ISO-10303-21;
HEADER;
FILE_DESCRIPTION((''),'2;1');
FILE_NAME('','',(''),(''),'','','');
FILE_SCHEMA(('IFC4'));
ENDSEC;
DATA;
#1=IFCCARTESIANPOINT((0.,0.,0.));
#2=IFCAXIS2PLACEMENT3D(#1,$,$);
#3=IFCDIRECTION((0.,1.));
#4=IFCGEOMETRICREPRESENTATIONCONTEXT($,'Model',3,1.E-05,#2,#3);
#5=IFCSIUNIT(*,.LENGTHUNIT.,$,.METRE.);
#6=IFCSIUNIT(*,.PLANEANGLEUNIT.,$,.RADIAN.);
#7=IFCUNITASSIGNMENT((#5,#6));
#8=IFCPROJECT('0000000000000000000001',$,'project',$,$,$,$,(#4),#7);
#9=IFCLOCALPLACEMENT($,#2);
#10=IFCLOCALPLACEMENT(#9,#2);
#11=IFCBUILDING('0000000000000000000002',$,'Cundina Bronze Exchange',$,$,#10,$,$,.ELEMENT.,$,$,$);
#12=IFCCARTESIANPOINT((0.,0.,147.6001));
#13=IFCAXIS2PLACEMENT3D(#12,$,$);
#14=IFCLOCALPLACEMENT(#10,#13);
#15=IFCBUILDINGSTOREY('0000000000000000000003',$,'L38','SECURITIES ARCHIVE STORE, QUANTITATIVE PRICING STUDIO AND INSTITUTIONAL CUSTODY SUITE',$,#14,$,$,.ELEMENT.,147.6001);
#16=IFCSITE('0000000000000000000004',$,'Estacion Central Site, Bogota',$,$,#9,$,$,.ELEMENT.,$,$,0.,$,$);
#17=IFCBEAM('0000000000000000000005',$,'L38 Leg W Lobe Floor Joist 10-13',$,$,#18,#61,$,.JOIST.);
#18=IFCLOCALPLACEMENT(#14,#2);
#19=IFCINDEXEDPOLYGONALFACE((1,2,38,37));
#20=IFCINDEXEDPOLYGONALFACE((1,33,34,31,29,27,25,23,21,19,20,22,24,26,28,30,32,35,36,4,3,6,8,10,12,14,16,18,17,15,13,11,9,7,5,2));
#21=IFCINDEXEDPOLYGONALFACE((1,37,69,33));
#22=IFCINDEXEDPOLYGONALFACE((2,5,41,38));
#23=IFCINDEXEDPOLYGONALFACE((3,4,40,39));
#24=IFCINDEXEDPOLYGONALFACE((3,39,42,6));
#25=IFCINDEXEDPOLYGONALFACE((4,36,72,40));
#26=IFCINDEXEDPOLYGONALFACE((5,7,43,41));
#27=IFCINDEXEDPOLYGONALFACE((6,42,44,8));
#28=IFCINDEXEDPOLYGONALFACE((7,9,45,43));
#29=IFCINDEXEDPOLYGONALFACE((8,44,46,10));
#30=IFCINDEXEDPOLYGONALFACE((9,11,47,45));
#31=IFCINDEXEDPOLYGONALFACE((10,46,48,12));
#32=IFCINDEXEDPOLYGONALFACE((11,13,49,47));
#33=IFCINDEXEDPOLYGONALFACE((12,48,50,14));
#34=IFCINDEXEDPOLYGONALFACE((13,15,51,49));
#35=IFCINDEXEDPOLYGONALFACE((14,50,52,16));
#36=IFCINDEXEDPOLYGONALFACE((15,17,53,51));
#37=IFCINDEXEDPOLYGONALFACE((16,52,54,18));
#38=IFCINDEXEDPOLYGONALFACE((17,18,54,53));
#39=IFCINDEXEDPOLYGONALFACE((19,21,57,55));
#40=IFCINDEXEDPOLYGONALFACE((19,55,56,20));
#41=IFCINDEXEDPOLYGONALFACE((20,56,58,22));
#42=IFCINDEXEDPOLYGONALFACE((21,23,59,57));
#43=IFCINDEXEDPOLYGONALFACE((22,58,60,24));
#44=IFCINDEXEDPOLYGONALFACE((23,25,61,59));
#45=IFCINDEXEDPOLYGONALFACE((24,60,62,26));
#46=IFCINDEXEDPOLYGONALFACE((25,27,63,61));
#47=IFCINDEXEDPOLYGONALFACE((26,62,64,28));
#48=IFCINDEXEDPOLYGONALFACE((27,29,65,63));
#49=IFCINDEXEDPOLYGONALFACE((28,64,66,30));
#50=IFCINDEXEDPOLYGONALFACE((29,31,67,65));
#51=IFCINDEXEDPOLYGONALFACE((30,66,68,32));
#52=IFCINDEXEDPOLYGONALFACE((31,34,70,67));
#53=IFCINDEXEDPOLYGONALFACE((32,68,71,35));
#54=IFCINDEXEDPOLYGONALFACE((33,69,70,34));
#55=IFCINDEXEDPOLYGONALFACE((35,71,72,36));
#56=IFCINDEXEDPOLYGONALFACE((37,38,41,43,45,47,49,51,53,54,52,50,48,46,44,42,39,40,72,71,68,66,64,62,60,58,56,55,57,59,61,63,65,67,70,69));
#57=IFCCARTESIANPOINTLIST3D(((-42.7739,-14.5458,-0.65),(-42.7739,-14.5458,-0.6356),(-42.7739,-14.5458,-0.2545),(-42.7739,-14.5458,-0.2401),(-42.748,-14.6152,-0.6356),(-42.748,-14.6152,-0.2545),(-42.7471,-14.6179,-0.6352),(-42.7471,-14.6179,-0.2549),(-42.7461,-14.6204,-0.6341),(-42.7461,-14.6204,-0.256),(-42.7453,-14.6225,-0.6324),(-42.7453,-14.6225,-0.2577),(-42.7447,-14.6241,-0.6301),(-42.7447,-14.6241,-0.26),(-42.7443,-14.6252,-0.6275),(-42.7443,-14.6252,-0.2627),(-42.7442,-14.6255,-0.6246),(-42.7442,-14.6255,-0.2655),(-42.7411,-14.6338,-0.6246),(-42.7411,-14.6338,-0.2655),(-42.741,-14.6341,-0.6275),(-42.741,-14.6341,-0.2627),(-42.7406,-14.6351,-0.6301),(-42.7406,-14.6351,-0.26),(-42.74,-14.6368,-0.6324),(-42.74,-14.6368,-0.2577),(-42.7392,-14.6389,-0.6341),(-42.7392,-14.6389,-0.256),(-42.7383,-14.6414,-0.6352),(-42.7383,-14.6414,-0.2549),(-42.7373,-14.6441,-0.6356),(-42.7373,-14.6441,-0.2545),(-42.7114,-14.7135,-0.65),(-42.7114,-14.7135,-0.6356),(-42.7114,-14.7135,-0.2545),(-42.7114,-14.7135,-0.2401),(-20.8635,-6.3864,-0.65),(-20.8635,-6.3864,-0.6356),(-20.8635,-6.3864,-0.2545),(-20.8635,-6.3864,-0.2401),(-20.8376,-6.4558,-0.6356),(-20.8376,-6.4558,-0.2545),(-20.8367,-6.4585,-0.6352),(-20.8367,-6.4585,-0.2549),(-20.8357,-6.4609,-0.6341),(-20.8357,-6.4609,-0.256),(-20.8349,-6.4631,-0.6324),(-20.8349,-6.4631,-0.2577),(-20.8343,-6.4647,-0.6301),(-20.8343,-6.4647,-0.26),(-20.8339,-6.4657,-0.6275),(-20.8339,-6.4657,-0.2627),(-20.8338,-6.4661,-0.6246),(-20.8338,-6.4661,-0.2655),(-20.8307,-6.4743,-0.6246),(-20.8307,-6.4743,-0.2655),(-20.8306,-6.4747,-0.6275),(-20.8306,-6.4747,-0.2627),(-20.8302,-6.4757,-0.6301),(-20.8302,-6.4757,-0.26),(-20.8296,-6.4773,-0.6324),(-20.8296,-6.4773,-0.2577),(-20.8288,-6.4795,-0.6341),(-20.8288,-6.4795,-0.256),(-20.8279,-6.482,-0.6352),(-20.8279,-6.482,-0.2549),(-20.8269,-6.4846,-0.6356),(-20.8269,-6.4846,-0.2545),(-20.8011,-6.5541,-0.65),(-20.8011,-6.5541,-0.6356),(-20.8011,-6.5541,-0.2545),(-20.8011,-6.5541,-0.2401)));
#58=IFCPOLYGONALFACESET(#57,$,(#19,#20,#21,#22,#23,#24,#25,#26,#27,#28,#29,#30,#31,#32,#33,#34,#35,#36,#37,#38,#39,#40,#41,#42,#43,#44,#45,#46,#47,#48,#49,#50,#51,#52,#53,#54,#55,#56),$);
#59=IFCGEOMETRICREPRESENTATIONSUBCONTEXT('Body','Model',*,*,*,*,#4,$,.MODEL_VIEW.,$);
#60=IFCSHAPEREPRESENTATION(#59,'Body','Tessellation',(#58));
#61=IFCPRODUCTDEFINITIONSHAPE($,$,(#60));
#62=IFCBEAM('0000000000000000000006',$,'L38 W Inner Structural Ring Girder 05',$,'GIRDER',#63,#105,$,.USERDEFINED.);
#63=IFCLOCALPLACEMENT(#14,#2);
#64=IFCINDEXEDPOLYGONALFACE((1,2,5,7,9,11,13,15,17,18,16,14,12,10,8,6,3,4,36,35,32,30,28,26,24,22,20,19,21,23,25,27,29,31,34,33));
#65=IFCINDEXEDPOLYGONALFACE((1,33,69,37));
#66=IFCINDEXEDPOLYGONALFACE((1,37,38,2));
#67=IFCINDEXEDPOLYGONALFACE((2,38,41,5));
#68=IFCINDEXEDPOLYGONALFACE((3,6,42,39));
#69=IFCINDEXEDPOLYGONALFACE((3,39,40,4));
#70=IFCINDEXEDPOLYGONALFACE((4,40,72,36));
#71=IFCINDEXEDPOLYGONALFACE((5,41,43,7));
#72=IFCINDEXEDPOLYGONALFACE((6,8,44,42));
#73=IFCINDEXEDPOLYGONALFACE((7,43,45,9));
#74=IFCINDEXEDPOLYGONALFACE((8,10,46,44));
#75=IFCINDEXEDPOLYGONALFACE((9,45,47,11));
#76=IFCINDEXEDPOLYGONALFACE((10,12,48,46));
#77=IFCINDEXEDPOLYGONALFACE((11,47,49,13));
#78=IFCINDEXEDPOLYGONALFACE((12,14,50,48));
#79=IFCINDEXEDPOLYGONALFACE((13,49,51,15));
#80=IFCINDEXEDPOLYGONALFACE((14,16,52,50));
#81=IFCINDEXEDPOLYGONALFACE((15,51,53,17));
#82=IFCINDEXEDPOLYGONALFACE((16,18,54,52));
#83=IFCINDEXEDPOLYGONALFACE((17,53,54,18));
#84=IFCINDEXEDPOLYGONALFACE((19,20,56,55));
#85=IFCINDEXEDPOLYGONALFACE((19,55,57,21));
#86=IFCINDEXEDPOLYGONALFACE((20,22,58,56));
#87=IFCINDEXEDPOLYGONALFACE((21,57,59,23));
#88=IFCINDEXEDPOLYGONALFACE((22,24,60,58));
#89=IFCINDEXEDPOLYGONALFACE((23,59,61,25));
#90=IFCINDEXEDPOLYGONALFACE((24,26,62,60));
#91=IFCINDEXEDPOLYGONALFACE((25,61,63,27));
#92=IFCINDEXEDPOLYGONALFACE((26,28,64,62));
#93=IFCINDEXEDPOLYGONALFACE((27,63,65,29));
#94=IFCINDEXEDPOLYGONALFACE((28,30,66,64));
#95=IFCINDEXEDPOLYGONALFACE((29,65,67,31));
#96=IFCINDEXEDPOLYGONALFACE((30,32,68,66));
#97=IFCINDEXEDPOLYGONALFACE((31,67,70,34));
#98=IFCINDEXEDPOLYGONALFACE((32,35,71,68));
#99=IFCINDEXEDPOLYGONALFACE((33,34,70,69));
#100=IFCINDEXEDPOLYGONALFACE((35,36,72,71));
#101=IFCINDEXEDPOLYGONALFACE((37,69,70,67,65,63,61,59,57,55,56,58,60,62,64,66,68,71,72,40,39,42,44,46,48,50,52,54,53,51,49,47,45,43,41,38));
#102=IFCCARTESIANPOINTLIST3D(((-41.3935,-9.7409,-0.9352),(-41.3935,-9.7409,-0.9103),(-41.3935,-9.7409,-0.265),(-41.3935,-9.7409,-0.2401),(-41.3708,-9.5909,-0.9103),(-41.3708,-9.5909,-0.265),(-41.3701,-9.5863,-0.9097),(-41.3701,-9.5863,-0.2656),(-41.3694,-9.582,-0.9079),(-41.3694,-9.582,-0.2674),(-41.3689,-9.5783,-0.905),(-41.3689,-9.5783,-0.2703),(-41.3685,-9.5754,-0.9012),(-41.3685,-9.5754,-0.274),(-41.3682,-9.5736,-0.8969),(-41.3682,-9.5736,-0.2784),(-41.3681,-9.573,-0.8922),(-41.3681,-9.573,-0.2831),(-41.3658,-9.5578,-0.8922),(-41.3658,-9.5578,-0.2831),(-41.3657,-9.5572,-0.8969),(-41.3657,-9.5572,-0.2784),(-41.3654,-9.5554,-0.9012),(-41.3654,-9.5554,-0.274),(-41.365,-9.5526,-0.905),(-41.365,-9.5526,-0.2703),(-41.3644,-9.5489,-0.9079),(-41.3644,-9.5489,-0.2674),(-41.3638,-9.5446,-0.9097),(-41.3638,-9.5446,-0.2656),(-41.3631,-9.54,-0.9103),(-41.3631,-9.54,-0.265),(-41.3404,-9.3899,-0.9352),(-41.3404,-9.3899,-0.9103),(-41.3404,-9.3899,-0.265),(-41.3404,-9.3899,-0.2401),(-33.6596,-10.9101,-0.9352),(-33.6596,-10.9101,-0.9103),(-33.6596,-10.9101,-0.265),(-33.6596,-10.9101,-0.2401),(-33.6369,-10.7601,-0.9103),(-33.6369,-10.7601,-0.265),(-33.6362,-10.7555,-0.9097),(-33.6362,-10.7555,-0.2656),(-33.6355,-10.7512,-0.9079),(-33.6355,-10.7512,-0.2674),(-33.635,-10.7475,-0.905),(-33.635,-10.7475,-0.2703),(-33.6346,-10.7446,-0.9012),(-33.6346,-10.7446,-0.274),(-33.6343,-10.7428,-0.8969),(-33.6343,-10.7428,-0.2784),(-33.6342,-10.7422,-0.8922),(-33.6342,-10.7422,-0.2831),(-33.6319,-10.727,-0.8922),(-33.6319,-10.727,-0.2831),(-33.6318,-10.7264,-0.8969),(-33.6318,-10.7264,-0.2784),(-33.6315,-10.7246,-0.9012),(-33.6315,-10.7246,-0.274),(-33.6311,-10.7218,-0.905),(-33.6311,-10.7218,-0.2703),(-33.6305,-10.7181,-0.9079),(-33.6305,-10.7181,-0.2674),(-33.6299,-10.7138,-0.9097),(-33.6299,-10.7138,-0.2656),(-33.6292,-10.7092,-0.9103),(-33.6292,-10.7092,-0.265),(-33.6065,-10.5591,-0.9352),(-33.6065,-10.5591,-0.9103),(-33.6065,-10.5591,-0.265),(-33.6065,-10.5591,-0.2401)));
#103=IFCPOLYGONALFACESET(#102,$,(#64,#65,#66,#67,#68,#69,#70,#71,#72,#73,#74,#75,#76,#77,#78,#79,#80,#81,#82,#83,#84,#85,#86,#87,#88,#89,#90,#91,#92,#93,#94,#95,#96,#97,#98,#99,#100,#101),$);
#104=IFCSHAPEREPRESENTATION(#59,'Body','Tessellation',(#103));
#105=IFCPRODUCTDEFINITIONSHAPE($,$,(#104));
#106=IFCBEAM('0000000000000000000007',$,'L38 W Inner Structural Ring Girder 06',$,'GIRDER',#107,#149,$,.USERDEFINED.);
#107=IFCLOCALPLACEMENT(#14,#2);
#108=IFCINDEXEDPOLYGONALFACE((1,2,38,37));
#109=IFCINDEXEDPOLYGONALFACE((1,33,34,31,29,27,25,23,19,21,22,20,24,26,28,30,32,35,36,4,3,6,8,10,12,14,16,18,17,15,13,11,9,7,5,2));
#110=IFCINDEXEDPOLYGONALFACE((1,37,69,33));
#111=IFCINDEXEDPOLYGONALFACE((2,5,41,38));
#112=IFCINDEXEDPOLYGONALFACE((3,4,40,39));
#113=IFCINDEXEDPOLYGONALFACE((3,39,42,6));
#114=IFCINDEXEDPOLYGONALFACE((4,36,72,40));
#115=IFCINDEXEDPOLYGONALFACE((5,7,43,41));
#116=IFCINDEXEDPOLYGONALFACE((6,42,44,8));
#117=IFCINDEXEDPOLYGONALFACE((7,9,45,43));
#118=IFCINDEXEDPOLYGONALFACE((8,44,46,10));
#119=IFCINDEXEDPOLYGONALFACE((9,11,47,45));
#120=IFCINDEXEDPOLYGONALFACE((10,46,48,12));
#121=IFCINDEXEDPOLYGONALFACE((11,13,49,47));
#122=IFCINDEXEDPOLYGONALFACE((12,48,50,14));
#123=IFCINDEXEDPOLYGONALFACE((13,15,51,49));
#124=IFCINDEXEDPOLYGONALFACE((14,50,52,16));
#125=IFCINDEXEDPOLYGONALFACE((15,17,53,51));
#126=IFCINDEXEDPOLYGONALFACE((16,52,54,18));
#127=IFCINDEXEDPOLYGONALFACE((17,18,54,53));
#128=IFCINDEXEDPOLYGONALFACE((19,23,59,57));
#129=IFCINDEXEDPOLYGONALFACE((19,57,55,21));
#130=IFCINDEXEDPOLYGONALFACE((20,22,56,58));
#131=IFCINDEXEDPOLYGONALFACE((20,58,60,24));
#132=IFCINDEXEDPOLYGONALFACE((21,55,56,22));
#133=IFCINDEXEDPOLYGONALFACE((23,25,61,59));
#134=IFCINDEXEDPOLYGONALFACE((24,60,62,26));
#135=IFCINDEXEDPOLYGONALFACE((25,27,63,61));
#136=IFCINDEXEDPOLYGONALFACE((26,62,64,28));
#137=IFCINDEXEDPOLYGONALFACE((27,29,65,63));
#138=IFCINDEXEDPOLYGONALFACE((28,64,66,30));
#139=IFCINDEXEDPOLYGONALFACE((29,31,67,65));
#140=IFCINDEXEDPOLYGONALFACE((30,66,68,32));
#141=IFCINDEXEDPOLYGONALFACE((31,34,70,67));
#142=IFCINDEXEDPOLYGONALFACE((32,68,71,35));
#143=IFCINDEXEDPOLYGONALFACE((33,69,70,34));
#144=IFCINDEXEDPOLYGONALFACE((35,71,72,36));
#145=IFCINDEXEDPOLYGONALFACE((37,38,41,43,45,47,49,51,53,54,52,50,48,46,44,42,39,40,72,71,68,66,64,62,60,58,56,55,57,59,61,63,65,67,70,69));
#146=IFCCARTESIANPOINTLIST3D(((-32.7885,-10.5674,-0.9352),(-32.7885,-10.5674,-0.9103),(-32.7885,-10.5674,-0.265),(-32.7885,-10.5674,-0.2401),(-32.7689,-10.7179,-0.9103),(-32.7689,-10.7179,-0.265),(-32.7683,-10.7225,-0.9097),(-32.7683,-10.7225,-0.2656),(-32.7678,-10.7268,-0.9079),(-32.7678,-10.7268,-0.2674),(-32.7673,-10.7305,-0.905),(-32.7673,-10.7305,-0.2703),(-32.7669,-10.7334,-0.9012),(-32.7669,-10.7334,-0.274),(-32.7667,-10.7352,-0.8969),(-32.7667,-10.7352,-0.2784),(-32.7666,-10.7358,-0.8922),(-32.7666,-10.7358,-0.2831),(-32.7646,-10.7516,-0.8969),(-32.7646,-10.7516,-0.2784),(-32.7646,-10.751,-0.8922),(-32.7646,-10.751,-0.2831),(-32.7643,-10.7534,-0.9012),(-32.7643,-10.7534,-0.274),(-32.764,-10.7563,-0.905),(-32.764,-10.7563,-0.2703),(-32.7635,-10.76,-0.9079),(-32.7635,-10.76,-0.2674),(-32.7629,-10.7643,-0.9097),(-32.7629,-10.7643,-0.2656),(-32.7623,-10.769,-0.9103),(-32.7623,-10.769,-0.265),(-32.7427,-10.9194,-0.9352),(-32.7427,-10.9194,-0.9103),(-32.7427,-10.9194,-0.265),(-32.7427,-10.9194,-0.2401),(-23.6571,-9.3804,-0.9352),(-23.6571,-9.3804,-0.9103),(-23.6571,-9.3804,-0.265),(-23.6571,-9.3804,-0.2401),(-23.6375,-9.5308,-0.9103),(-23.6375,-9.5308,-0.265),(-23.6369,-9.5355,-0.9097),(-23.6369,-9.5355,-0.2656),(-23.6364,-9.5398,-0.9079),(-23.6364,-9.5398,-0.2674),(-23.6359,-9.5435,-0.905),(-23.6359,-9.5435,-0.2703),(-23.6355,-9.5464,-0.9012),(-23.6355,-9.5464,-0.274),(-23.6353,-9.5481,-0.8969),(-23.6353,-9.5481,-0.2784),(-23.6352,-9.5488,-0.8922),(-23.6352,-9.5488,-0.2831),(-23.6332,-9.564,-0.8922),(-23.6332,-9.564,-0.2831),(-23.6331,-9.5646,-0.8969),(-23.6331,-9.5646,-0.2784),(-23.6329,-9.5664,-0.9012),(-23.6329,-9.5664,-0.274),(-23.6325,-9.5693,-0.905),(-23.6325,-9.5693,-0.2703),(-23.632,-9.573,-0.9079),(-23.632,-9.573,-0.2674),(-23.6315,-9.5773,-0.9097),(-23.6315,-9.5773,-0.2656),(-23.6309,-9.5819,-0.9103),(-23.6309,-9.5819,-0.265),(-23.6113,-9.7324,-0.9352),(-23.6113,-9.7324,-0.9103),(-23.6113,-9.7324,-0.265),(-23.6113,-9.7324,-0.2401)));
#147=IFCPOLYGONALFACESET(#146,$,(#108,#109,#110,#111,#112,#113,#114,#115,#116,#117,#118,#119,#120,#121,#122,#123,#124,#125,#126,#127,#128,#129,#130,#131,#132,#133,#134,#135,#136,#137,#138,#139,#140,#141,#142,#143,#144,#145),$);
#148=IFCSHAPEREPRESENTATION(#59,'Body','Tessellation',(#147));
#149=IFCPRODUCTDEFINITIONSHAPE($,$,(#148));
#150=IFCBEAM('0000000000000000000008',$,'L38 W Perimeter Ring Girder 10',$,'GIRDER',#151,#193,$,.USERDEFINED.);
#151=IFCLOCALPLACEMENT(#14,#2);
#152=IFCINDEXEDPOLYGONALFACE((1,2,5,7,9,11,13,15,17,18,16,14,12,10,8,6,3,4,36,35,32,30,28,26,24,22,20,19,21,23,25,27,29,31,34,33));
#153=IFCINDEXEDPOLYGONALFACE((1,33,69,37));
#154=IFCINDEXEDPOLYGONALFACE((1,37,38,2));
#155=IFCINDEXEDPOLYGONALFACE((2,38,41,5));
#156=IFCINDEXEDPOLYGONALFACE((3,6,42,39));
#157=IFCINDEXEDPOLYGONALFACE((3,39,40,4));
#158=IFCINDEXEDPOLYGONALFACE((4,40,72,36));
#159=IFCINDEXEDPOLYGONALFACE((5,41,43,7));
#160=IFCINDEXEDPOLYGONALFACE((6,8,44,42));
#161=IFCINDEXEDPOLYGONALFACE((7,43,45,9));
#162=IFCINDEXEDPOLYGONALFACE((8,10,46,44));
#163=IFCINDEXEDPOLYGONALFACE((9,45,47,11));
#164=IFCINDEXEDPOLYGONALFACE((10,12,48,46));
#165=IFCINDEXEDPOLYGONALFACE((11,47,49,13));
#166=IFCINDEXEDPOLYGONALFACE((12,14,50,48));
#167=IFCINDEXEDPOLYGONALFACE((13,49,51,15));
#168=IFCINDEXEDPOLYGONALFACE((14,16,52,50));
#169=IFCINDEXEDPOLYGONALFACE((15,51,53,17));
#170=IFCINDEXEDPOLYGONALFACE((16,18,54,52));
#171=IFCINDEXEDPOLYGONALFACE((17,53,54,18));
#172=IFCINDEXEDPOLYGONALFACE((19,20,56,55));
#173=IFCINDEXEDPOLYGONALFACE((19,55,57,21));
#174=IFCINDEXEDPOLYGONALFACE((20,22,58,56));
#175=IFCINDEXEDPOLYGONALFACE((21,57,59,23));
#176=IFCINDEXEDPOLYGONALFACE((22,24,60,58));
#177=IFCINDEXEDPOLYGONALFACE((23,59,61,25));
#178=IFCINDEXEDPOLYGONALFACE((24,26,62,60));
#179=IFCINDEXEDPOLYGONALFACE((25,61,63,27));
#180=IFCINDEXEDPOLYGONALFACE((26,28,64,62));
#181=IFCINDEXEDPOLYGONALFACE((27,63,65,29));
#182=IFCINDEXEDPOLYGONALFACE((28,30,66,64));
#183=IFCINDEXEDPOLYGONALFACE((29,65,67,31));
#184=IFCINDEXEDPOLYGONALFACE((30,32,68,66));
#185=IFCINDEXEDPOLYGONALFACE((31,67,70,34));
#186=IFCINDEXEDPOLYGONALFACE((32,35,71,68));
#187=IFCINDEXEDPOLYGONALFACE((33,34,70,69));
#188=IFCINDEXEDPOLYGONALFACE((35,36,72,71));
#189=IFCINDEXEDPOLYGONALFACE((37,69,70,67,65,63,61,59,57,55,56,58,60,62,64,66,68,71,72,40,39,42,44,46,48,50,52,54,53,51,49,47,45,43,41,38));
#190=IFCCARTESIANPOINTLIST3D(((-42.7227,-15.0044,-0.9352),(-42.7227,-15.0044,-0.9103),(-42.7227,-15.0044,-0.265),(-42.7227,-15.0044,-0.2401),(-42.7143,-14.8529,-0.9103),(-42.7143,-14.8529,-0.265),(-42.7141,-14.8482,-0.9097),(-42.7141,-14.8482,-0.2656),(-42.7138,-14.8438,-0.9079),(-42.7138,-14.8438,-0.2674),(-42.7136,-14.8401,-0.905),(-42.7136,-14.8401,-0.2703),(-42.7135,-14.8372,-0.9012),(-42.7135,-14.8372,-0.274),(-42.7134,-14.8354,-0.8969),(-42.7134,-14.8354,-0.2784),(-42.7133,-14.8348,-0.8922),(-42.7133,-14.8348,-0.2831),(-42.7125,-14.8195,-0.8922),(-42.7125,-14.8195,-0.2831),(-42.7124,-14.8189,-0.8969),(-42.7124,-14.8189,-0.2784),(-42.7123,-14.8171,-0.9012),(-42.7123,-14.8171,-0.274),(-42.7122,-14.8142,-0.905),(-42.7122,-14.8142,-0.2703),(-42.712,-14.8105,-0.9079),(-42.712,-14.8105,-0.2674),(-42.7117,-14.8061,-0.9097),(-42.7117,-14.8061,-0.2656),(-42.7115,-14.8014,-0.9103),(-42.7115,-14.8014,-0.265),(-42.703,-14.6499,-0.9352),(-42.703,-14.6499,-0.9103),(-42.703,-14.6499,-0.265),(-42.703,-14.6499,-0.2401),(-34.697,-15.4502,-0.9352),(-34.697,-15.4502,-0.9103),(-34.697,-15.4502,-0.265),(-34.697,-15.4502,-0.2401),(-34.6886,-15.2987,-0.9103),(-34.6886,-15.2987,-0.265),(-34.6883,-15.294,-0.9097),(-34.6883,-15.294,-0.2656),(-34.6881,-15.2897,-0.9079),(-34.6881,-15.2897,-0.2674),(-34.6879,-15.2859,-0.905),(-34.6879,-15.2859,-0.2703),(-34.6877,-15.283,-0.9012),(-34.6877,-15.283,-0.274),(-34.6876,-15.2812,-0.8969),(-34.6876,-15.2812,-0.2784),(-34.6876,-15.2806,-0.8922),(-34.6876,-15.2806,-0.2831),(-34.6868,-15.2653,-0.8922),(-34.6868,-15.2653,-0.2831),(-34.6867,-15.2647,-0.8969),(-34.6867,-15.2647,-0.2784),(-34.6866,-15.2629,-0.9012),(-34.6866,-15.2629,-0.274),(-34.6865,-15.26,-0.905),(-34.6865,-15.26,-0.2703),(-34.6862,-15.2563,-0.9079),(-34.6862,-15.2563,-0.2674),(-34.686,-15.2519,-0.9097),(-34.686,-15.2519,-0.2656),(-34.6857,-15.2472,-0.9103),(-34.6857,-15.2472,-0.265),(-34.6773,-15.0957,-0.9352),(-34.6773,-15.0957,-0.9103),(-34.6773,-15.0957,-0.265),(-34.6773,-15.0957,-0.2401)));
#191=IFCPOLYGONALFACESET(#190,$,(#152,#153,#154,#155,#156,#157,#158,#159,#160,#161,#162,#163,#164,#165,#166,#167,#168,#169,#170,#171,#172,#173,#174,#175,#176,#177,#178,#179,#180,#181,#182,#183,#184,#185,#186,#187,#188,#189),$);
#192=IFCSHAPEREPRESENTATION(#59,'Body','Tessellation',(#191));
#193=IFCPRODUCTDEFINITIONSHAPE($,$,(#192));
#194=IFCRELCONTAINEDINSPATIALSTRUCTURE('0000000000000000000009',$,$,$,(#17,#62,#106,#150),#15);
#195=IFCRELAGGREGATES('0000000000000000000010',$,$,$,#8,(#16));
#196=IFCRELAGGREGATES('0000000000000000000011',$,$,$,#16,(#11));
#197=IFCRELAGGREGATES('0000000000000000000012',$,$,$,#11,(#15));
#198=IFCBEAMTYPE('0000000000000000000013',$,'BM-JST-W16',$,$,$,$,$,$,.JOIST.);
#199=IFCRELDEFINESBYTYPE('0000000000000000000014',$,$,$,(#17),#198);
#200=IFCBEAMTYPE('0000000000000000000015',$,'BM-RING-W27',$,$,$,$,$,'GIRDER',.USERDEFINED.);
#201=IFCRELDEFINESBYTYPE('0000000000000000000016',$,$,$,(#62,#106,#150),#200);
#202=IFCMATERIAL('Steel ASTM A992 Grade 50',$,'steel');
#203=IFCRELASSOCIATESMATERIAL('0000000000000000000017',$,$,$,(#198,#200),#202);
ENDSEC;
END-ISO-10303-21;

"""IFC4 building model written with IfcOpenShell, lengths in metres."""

from ifc_helpers import new_model, si_unit, direction, frame, origin, origin_2d, place, context, subcontext, project, spatial, i_section, extrude, material, material_profile, profile_set, type_object, element, save


model = new_model("IFC4")

# Units and contexts
model_context = context("Model", 3, precision=1e-05, world=origin(), true_north=direction((0.0, 1.0)))
body_context = subcontext(model_context, "Body", "Model", "MODEL_VIEW")
ifc_project = project(units=[si_unit("LENGTHUNIT", "METRE"), si_unit("PLANEANGLEUNIT", "RADIAN")], contexts=[model_context])

# Site, building, storey
site_placement = place(None, origin())
site = spatial("IfcSite", under=ifc_project, at=site_placement, Name="Estacion Central Site, Bogota", CompositionType="ELEMENT", RefElevation=0.0)
building_placement = place(site_placement, origin())
building = spatial("IfcBuilding", under=site, at=building_placement, Name="Cundina Bronze Exchange", CompositionType="ELEMENT")
storey_placement = place(building_placement, frame((0.0, 0.0, 147.6001)))
storey = spatial("IfcBuildingStorey", under=building, at=storey_placement, Name="L38", Description="SECURITIES ARCHIVE STORE, QUANTITATIVE PRICING STUDIO AND INSTITUTIONAL CUSTODY SUITE", CompositionType="ELEMENT", Elevation=147.6001)

# Beams
ifc_material_1 = material(Name="Steel ASTM A992 Grade 50", Category="steel")
ifc_material_profile_1 = material_profile(ifc_material_1, i_section(OverallWidth=0.179, OverallDepth=0.4099, WebThickness=0.0088, FlangeThickness=0.0144, FilletRadius=0.011, at=origin_2d()), Name="W16X45", Category="steel")
ifc_profile_set_1 = profile_set([ifc_material_profile_1], Name="Steel ASTM A992 Grade 50")
beam_type_1 = type_object("IfcBeamType", Name="BM-JST-W16", PredefinedType="JOIST", material=ifc_profile_set_1)
beam_1_placement = place(storey_placement, frame((-42.7427, -14.6296, -0.4451), z_axis=(0.937128, 0.348986, 0.0), x_axis=(-0.348986, 0.937128, 0.0)))
element("IfcBeam", 1, at=beam_1_placement, inside=storey, type_object=beam_type_1, Name="L38 Leg W Lobe Floor Joist 10-13", PredefinedType="JOIST", context=body_context, shape_type="SweptSolid", body=[
    extrude(i_section(OverallWidth=0.179, OverallDepth=0.4099, WebThickness=0.0088, FlangeThickness=0.0144, FilletRadius=0.011, at=origin_2d()), origin(), (0.0, 0.0, 1.0), 23.3804),
])
ifc_material_profile_2 = material_profile(ifc_material_1, i_section(OverallWidth=0.355, OverallDepth=0.6951, WebThickness=0.0154, FlangeThickness=0.0249, FilletRadius=0.0181, at=origin_2d()), Name="W27X146", Category="steel")
ifc_profile_set_2 = profile_set([ifc_material_profile_2], Name="Steel ASTM A992 Grade 50")
beam_type_2 = type_object("IfcBeamType", Name="BM-RING-W27", ElementType="GIRDER", PredefinedType="USERDEFINED", material=ifc_profile_set_2)
beam_2_placement = place(storey_placement, frame((-41.3669, -9.5654, -0.5876), z_axis=(0.988765, -0.149479, 0.0), x_axis=(0.149479, 0.988765, 0.0)))
element("IfcBeam", 2, at=beam_2_placement, inside=storey, type_object=beam_type_2, Name="L38 W Inner Structural Ring Girder 05", ObjectType="GIRDER", PredefinedType="USERDEFINED", context=body_context, shape_type="SweptSolid", body=[
    extrude(i_section(OverallWidth=0.355, OverallDepth=0.6951, WebThickness=0.0154, FlangeThickness=0.0249, FilletRadius=0.0181, at=origin_2d()), origin(), (0.0, 0.0, 1.0), 7.8218),
])
beam_3_placement = place(storey_placement, frame((-32.7656, -10.7434, -0.5876), z_axis=(0.991656, 0.128908, 0.0), x_axis=(-0.128908, 0.991656, 0.0)))
element("IfcBeam", 3, at=beam_3_placement, inside=storey, type_object=beam_type_2, Name="L38 W Inner Structural Ring Girder 06", ObjectType="GIRDER", PredefinedType="USERDEFINED", context=body_context, shape_type="SweptSolid", body=[
    extrude(i_section(OverallWidth=0.355, OverallDepth=0.6951, WebThickness=0.0154, FlangeThickness=0.0249, FilletRadius=0.0181, at=origin_2d()), origin(), (0.0, 0.0, 1.0), 9.2083),
])
for number, where, z_axis, x_axis, name in (
    (4, (-42.7129, -14.8271, -0.5876), (0.998461, -0.055462, 0.0), (0.055462, 0.998461, 0.0), "L38 W Perimeter Ring Girder 10"),
):
    element("IfcBeam", number, at=place(storey_placement, frame(where, z_axis=z_axis, x_axis=x_axis)), inside=storey, type_object=beam_type_2, Name=name, ObjectType="GIRDER", PredefinedType="USERDEFINED", context=body_context, shape_type="SweptSolid", body=[
        extrude(i_section(OverallWidth=0.355, OverallDepth=0.6951, WebThickness=0.0154, FlangeThickness=0.0249, FilletRadius=0.0181, at=origin_2d()), origin(), (0.0, 0.0, 1.0), 8.0381),
    ])

save(model, "model.ifc")
